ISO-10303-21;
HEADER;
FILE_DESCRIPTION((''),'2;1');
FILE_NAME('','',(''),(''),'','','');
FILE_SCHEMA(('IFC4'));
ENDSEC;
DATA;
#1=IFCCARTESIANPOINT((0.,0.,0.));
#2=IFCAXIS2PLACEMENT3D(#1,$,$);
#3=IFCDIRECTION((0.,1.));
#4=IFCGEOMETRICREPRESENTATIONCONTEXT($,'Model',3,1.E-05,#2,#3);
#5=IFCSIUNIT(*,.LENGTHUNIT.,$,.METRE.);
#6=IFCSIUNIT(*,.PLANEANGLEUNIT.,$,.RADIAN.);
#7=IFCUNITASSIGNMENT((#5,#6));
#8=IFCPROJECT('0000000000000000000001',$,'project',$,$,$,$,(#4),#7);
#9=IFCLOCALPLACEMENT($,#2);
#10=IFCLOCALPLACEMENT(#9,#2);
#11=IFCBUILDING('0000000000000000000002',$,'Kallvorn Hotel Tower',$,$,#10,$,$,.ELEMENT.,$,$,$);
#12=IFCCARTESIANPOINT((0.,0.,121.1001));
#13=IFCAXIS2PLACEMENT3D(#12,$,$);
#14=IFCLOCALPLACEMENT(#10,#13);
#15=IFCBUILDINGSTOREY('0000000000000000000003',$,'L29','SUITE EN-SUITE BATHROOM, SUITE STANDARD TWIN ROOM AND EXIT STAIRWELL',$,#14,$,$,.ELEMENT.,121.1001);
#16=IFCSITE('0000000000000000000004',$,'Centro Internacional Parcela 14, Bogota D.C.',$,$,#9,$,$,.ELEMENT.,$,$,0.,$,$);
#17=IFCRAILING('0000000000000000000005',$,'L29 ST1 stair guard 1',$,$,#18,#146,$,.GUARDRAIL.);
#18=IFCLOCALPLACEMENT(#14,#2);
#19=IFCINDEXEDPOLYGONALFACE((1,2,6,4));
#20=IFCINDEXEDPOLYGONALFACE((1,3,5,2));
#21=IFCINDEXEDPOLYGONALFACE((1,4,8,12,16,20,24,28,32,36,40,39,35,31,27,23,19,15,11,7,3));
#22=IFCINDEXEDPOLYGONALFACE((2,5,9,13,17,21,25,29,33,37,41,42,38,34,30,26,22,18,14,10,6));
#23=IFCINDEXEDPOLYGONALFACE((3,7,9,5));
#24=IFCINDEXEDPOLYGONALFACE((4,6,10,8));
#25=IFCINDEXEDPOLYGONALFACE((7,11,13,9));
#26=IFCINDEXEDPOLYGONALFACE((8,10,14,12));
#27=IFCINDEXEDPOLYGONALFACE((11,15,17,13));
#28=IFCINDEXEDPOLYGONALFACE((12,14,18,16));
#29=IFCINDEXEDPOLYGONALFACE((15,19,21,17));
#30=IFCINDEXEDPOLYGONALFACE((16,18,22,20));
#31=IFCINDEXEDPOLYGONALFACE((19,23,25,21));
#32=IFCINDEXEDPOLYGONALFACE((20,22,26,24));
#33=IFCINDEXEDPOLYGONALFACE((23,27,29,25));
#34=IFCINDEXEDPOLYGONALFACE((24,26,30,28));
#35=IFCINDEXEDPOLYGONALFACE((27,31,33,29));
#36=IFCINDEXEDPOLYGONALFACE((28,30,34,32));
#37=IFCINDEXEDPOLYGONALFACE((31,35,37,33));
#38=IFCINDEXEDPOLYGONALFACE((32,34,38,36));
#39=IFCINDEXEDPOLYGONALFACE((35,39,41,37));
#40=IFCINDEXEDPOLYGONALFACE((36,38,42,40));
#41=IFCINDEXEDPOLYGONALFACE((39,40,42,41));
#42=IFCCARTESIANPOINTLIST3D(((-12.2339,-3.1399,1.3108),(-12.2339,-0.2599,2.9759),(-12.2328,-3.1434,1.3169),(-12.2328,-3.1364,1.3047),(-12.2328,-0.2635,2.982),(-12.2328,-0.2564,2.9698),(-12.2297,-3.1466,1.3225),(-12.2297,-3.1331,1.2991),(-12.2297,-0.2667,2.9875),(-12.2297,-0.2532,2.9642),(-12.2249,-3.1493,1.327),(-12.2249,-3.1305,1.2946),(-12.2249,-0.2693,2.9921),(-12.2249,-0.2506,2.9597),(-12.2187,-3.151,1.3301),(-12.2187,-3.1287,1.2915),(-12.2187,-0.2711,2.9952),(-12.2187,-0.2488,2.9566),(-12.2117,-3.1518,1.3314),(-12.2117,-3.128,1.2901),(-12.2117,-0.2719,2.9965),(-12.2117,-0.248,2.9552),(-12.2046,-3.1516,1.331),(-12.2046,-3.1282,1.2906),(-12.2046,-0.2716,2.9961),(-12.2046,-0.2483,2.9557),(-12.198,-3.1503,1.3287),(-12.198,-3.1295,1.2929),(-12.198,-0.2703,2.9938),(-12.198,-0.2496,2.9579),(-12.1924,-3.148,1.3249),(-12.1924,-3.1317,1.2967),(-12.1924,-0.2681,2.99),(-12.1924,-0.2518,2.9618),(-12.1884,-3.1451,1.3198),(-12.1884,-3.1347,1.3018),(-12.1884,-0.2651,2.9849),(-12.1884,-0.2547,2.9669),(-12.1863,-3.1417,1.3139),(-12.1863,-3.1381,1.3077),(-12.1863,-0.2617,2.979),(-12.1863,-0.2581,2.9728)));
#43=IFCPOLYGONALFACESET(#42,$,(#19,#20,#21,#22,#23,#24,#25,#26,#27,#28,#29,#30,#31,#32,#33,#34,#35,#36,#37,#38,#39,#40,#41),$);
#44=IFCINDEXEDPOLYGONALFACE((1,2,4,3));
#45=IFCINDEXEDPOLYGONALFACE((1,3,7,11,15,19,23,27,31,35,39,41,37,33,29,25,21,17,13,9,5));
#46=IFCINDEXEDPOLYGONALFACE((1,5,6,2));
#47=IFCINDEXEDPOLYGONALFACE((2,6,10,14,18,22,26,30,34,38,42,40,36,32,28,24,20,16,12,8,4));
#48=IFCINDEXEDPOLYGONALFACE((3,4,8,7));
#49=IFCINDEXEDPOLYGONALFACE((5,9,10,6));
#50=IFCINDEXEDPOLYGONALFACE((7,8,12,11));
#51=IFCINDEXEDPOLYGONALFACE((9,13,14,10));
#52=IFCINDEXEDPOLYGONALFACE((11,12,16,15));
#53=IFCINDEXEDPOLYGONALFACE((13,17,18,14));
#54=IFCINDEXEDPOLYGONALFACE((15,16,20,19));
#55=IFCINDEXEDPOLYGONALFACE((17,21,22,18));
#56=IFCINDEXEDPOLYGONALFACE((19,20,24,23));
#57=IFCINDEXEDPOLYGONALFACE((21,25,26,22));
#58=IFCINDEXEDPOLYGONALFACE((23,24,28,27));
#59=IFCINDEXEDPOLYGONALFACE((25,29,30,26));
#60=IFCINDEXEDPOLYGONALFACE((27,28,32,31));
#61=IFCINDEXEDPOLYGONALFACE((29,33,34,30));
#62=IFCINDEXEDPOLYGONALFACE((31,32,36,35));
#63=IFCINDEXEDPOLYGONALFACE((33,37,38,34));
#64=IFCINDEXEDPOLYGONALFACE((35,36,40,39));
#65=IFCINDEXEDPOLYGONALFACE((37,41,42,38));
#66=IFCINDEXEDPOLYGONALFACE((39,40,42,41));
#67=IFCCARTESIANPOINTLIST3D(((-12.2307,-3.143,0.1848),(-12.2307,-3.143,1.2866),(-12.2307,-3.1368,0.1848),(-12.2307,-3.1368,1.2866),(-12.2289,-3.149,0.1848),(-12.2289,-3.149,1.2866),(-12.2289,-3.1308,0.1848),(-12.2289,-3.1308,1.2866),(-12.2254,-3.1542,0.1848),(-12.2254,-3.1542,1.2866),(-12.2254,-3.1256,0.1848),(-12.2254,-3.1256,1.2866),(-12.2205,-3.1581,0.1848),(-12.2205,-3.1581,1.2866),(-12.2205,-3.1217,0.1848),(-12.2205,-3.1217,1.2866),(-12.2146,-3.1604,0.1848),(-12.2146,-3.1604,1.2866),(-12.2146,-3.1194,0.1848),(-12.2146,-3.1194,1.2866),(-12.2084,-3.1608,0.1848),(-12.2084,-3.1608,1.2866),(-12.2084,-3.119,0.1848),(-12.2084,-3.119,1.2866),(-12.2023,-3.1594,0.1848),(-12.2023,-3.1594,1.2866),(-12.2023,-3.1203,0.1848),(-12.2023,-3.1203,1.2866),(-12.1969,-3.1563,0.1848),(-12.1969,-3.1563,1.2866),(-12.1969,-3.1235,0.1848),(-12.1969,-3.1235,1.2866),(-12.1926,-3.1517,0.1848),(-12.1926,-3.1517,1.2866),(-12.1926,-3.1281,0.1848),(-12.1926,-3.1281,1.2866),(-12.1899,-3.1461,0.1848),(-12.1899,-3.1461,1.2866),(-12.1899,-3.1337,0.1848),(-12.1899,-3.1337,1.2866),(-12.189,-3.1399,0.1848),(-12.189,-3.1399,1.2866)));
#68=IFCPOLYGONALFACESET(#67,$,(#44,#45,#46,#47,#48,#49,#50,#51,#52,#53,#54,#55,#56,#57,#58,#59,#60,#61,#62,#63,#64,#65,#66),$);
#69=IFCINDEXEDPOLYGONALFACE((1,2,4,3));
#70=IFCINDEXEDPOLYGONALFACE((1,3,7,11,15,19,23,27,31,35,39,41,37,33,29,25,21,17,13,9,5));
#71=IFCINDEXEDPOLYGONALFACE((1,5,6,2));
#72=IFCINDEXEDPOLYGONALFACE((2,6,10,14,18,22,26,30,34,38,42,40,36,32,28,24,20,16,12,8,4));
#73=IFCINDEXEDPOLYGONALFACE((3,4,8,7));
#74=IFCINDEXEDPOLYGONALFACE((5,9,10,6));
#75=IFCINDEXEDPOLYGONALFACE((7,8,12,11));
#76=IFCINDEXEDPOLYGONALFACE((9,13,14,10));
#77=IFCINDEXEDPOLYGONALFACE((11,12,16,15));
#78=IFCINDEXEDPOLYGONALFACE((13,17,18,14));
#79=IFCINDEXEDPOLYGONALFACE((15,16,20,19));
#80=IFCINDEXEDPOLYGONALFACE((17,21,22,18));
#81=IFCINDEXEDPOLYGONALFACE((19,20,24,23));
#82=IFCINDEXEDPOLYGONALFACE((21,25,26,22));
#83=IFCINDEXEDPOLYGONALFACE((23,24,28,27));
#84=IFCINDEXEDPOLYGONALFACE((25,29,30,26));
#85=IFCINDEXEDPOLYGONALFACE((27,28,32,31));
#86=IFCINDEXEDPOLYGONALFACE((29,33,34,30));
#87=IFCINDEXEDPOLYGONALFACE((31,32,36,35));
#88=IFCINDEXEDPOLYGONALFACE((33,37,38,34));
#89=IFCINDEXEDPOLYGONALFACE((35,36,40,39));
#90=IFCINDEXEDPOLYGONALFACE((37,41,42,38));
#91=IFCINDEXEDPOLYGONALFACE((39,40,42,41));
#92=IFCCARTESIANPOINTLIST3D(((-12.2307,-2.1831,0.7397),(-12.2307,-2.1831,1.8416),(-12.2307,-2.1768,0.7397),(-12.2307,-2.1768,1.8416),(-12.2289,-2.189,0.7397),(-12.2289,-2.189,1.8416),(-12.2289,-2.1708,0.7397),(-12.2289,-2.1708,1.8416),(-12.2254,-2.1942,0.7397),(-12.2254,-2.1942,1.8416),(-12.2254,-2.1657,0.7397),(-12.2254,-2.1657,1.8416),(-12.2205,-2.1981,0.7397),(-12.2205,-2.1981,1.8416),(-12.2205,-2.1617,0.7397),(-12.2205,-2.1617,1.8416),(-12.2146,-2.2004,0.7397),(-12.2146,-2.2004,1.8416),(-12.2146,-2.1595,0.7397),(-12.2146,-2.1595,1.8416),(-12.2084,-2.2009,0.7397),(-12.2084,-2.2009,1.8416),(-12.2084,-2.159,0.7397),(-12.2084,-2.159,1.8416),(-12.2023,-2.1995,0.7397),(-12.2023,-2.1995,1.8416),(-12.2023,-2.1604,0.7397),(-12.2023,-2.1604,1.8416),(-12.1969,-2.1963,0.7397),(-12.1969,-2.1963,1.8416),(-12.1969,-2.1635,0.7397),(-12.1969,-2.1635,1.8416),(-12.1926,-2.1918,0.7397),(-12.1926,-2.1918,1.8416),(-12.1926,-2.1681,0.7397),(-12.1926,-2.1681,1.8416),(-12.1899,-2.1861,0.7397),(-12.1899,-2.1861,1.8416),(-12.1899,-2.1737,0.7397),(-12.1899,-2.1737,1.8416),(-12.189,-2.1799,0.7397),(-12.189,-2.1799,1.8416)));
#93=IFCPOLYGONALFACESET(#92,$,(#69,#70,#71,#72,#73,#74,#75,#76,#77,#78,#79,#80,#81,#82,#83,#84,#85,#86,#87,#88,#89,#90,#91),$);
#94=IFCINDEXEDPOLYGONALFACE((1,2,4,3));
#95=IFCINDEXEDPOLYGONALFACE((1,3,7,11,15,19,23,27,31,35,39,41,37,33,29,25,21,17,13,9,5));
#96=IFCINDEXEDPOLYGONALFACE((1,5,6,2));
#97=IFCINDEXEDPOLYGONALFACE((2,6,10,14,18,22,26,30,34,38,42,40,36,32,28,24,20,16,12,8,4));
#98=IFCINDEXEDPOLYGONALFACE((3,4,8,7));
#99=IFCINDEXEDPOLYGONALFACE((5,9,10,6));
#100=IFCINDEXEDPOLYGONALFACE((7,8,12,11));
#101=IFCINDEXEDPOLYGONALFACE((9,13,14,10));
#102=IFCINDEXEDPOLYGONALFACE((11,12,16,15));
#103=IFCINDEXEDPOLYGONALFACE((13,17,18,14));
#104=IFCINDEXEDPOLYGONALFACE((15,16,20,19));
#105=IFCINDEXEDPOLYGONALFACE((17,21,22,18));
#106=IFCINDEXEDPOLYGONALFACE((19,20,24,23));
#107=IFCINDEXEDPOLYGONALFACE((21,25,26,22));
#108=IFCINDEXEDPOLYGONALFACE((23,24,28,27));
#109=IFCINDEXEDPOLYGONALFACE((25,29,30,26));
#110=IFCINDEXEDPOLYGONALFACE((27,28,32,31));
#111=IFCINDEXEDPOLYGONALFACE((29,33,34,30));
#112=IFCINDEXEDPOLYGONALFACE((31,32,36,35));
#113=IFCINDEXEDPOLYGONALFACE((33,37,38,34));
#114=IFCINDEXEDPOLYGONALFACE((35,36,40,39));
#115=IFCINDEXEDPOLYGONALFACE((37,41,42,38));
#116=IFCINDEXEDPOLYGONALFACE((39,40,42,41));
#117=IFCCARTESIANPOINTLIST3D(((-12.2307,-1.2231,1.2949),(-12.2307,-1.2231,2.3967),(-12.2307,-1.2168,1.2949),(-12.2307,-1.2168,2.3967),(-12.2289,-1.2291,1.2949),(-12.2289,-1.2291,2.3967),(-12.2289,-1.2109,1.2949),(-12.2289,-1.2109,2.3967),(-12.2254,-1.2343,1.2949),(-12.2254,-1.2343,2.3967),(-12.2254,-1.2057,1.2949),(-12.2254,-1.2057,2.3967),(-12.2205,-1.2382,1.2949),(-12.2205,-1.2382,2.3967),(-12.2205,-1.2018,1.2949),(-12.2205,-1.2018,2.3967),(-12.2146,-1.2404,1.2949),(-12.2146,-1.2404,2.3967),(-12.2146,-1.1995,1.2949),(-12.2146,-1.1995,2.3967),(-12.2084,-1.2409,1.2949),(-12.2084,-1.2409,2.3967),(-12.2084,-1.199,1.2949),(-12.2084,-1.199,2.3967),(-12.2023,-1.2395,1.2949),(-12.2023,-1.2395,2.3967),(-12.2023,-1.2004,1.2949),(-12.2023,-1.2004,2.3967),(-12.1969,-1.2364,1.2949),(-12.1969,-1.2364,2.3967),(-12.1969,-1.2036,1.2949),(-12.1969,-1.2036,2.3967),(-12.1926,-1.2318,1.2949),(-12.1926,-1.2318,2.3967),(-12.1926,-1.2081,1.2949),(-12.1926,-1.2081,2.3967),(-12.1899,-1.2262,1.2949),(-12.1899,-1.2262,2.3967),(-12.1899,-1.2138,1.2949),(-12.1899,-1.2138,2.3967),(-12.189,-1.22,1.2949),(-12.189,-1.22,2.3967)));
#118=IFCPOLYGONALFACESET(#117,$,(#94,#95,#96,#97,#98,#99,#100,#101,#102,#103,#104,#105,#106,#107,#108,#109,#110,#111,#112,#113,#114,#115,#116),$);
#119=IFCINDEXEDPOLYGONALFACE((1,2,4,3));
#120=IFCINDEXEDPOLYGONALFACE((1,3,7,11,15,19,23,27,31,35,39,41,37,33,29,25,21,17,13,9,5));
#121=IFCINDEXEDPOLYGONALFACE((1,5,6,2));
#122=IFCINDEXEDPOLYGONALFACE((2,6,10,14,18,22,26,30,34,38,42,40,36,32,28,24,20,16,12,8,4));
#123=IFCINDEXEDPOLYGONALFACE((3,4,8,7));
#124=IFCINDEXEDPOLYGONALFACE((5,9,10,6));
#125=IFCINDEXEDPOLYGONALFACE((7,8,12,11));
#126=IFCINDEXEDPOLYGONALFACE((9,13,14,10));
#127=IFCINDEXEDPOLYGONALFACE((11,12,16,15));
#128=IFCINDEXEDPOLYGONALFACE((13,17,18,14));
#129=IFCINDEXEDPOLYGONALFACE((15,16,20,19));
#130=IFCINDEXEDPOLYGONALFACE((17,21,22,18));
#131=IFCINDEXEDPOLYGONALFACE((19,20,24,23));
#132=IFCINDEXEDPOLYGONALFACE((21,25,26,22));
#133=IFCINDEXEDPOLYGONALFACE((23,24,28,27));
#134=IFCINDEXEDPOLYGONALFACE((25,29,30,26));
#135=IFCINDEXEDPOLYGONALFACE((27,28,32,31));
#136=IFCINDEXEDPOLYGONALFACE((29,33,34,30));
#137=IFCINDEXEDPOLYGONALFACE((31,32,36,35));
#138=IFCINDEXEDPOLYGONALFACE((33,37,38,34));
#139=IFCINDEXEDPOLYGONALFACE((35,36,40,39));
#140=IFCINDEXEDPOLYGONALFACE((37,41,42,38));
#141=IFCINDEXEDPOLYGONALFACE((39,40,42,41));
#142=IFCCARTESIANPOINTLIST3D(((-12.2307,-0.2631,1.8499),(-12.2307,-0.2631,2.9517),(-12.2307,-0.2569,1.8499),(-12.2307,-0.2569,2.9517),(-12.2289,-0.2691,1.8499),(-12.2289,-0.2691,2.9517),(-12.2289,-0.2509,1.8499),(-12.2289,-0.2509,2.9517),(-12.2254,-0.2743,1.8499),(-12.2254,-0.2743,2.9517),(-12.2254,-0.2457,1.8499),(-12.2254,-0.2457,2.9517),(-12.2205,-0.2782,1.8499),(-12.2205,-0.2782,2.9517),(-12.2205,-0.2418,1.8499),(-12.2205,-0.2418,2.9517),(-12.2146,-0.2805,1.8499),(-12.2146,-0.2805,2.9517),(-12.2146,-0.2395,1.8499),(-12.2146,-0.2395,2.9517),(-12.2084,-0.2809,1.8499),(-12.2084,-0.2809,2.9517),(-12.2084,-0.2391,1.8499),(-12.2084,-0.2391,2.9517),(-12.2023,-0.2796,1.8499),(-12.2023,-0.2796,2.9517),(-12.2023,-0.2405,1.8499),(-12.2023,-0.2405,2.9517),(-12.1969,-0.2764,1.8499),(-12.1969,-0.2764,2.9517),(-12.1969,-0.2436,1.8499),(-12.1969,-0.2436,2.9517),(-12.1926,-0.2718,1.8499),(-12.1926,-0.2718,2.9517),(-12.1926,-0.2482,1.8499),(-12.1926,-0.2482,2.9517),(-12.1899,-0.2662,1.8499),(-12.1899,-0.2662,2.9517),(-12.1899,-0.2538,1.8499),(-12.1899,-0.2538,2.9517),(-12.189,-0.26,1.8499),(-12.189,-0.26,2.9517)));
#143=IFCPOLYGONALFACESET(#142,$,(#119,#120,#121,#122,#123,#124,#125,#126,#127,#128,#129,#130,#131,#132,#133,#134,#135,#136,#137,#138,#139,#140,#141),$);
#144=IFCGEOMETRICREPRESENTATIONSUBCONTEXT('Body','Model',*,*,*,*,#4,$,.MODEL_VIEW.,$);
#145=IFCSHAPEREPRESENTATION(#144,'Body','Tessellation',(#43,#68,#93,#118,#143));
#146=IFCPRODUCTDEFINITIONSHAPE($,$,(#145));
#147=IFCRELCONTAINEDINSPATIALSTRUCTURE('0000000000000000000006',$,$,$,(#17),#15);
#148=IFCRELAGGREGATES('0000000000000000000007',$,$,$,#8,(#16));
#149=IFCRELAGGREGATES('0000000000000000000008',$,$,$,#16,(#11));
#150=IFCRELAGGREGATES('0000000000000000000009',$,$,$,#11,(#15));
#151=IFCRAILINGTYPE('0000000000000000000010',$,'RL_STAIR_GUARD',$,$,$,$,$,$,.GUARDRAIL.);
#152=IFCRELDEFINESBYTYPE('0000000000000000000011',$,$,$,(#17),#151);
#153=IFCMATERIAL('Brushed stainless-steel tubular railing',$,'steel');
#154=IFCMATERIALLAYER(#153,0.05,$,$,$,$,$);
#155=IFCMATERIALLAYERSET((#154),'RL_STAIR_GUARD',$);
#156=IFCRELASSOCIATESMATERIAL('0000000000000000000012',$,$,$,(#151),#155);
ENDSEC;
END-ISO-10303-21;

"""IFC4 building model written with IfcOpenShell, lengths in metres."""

from ifc_helpers import new_model, si_unit, direction, frame, origin, origin_2d, place, context, subcontext, project, spatial, circle, extrude, material, layer, layer_set, type_object, element, save


model = new_model("IFC4")

# Units and contexts
model_context = context("Model", 3, precision=1e-05, world=origin(), true_north=direction((0.0, 1.0)))
body_context = subcontext(model_context, "Body", "Model", "MODEL_VIEW")
ifc_project = project(units=[si_unit("LENGTHUNIT", "METRE"), si_unit("PLANEANGLEUNIT", "RADIAN")], contexts=[model_context])

# Site, building, storey
site_placement = place(None, origin())
site = spatial("IfcSite", under=ifc_project, at=site_placement, Name="Centro Internacional Parcela 14, Bogota D.C.", CompositionType="ELEMENT", RefElevation=0.0)
building_placement = place(site_placement, origin())
building = spatial("IfcBuilding", under=site, at=building_placement, Name="Kallvorn Hotel Tower", CompositionType="ELEMENT")
storey_placement = place(building_placement, frame((0.0, 0.0, 121.1001)))
storey = spatial("IfcBuildingStorey", under=building, at=storey_placement, Name="L29", Description="SUITE EN-SUITE BATHROOM, SUITE STANDARD TWIN ROOM AND EXIT STAIRWELL", CompositionType="ELEMENT", Elevation=121.1001)

# Railing
ifc_material_1 = material(Name="Brushed stainless-steel tubular railing", Category="steel")
ifc_layer_1 = layer(ifc_material_1, 0.05)
ifc_layer_set_1 = layer_set([ifc_layer_1], Name="RL_STAIR_GUARD")
railing_type_1 = type_object("IfcRailingType", Name="RL_STAIR_GUARD", PredefinedType="GUARDRAIL", material=ifc_layer_set_1)
railing_1_placement = place(storey_placement, frame((-12.21, -3.1399, 0.1848)))
element("IfcRailing", 1, at=railing_1_placement, inside=storey, type_object=railing_type_1, Name="L29 ST1 stair guard 1", PredefinedType="GUARDRAIL", context=body_context, shape_type="SweptSolid", body=[
    extrude(circle(Radius=0.0239, at=origin_2d()), frame((0.0, 0.0, 1.126), z_axis=(0.0, 0.865721, 0.500527), x_axis=(-1.0, 0.0, 0.0)), (0.0, 0.0, 1.0), 3.3267),
    extrude(circle(Radius=0.021, at=origin_2d()), origin(), (0.0, 0.0, 1.0), 1.1018),
    extrude(circle(Radius=0.021, at=origin_2d()), frame((0.0, 0.96, 0.5549)), (0.0, 0.0, 1.0), 1.1018),
    extrude(circle(Radius=0.021, at=origin_2d()), frame((0.0, 1.9199, 1.1101)), (0.0, 0.0, 1.0), 1.1018),
    extrude(circle(Radius=0.021, at=origin_2d()), frame((0.0, 2.8799, 1.665)), (0.0, 0.0, 1.0), 1.1018),
])

save(model, "model.ifc")
